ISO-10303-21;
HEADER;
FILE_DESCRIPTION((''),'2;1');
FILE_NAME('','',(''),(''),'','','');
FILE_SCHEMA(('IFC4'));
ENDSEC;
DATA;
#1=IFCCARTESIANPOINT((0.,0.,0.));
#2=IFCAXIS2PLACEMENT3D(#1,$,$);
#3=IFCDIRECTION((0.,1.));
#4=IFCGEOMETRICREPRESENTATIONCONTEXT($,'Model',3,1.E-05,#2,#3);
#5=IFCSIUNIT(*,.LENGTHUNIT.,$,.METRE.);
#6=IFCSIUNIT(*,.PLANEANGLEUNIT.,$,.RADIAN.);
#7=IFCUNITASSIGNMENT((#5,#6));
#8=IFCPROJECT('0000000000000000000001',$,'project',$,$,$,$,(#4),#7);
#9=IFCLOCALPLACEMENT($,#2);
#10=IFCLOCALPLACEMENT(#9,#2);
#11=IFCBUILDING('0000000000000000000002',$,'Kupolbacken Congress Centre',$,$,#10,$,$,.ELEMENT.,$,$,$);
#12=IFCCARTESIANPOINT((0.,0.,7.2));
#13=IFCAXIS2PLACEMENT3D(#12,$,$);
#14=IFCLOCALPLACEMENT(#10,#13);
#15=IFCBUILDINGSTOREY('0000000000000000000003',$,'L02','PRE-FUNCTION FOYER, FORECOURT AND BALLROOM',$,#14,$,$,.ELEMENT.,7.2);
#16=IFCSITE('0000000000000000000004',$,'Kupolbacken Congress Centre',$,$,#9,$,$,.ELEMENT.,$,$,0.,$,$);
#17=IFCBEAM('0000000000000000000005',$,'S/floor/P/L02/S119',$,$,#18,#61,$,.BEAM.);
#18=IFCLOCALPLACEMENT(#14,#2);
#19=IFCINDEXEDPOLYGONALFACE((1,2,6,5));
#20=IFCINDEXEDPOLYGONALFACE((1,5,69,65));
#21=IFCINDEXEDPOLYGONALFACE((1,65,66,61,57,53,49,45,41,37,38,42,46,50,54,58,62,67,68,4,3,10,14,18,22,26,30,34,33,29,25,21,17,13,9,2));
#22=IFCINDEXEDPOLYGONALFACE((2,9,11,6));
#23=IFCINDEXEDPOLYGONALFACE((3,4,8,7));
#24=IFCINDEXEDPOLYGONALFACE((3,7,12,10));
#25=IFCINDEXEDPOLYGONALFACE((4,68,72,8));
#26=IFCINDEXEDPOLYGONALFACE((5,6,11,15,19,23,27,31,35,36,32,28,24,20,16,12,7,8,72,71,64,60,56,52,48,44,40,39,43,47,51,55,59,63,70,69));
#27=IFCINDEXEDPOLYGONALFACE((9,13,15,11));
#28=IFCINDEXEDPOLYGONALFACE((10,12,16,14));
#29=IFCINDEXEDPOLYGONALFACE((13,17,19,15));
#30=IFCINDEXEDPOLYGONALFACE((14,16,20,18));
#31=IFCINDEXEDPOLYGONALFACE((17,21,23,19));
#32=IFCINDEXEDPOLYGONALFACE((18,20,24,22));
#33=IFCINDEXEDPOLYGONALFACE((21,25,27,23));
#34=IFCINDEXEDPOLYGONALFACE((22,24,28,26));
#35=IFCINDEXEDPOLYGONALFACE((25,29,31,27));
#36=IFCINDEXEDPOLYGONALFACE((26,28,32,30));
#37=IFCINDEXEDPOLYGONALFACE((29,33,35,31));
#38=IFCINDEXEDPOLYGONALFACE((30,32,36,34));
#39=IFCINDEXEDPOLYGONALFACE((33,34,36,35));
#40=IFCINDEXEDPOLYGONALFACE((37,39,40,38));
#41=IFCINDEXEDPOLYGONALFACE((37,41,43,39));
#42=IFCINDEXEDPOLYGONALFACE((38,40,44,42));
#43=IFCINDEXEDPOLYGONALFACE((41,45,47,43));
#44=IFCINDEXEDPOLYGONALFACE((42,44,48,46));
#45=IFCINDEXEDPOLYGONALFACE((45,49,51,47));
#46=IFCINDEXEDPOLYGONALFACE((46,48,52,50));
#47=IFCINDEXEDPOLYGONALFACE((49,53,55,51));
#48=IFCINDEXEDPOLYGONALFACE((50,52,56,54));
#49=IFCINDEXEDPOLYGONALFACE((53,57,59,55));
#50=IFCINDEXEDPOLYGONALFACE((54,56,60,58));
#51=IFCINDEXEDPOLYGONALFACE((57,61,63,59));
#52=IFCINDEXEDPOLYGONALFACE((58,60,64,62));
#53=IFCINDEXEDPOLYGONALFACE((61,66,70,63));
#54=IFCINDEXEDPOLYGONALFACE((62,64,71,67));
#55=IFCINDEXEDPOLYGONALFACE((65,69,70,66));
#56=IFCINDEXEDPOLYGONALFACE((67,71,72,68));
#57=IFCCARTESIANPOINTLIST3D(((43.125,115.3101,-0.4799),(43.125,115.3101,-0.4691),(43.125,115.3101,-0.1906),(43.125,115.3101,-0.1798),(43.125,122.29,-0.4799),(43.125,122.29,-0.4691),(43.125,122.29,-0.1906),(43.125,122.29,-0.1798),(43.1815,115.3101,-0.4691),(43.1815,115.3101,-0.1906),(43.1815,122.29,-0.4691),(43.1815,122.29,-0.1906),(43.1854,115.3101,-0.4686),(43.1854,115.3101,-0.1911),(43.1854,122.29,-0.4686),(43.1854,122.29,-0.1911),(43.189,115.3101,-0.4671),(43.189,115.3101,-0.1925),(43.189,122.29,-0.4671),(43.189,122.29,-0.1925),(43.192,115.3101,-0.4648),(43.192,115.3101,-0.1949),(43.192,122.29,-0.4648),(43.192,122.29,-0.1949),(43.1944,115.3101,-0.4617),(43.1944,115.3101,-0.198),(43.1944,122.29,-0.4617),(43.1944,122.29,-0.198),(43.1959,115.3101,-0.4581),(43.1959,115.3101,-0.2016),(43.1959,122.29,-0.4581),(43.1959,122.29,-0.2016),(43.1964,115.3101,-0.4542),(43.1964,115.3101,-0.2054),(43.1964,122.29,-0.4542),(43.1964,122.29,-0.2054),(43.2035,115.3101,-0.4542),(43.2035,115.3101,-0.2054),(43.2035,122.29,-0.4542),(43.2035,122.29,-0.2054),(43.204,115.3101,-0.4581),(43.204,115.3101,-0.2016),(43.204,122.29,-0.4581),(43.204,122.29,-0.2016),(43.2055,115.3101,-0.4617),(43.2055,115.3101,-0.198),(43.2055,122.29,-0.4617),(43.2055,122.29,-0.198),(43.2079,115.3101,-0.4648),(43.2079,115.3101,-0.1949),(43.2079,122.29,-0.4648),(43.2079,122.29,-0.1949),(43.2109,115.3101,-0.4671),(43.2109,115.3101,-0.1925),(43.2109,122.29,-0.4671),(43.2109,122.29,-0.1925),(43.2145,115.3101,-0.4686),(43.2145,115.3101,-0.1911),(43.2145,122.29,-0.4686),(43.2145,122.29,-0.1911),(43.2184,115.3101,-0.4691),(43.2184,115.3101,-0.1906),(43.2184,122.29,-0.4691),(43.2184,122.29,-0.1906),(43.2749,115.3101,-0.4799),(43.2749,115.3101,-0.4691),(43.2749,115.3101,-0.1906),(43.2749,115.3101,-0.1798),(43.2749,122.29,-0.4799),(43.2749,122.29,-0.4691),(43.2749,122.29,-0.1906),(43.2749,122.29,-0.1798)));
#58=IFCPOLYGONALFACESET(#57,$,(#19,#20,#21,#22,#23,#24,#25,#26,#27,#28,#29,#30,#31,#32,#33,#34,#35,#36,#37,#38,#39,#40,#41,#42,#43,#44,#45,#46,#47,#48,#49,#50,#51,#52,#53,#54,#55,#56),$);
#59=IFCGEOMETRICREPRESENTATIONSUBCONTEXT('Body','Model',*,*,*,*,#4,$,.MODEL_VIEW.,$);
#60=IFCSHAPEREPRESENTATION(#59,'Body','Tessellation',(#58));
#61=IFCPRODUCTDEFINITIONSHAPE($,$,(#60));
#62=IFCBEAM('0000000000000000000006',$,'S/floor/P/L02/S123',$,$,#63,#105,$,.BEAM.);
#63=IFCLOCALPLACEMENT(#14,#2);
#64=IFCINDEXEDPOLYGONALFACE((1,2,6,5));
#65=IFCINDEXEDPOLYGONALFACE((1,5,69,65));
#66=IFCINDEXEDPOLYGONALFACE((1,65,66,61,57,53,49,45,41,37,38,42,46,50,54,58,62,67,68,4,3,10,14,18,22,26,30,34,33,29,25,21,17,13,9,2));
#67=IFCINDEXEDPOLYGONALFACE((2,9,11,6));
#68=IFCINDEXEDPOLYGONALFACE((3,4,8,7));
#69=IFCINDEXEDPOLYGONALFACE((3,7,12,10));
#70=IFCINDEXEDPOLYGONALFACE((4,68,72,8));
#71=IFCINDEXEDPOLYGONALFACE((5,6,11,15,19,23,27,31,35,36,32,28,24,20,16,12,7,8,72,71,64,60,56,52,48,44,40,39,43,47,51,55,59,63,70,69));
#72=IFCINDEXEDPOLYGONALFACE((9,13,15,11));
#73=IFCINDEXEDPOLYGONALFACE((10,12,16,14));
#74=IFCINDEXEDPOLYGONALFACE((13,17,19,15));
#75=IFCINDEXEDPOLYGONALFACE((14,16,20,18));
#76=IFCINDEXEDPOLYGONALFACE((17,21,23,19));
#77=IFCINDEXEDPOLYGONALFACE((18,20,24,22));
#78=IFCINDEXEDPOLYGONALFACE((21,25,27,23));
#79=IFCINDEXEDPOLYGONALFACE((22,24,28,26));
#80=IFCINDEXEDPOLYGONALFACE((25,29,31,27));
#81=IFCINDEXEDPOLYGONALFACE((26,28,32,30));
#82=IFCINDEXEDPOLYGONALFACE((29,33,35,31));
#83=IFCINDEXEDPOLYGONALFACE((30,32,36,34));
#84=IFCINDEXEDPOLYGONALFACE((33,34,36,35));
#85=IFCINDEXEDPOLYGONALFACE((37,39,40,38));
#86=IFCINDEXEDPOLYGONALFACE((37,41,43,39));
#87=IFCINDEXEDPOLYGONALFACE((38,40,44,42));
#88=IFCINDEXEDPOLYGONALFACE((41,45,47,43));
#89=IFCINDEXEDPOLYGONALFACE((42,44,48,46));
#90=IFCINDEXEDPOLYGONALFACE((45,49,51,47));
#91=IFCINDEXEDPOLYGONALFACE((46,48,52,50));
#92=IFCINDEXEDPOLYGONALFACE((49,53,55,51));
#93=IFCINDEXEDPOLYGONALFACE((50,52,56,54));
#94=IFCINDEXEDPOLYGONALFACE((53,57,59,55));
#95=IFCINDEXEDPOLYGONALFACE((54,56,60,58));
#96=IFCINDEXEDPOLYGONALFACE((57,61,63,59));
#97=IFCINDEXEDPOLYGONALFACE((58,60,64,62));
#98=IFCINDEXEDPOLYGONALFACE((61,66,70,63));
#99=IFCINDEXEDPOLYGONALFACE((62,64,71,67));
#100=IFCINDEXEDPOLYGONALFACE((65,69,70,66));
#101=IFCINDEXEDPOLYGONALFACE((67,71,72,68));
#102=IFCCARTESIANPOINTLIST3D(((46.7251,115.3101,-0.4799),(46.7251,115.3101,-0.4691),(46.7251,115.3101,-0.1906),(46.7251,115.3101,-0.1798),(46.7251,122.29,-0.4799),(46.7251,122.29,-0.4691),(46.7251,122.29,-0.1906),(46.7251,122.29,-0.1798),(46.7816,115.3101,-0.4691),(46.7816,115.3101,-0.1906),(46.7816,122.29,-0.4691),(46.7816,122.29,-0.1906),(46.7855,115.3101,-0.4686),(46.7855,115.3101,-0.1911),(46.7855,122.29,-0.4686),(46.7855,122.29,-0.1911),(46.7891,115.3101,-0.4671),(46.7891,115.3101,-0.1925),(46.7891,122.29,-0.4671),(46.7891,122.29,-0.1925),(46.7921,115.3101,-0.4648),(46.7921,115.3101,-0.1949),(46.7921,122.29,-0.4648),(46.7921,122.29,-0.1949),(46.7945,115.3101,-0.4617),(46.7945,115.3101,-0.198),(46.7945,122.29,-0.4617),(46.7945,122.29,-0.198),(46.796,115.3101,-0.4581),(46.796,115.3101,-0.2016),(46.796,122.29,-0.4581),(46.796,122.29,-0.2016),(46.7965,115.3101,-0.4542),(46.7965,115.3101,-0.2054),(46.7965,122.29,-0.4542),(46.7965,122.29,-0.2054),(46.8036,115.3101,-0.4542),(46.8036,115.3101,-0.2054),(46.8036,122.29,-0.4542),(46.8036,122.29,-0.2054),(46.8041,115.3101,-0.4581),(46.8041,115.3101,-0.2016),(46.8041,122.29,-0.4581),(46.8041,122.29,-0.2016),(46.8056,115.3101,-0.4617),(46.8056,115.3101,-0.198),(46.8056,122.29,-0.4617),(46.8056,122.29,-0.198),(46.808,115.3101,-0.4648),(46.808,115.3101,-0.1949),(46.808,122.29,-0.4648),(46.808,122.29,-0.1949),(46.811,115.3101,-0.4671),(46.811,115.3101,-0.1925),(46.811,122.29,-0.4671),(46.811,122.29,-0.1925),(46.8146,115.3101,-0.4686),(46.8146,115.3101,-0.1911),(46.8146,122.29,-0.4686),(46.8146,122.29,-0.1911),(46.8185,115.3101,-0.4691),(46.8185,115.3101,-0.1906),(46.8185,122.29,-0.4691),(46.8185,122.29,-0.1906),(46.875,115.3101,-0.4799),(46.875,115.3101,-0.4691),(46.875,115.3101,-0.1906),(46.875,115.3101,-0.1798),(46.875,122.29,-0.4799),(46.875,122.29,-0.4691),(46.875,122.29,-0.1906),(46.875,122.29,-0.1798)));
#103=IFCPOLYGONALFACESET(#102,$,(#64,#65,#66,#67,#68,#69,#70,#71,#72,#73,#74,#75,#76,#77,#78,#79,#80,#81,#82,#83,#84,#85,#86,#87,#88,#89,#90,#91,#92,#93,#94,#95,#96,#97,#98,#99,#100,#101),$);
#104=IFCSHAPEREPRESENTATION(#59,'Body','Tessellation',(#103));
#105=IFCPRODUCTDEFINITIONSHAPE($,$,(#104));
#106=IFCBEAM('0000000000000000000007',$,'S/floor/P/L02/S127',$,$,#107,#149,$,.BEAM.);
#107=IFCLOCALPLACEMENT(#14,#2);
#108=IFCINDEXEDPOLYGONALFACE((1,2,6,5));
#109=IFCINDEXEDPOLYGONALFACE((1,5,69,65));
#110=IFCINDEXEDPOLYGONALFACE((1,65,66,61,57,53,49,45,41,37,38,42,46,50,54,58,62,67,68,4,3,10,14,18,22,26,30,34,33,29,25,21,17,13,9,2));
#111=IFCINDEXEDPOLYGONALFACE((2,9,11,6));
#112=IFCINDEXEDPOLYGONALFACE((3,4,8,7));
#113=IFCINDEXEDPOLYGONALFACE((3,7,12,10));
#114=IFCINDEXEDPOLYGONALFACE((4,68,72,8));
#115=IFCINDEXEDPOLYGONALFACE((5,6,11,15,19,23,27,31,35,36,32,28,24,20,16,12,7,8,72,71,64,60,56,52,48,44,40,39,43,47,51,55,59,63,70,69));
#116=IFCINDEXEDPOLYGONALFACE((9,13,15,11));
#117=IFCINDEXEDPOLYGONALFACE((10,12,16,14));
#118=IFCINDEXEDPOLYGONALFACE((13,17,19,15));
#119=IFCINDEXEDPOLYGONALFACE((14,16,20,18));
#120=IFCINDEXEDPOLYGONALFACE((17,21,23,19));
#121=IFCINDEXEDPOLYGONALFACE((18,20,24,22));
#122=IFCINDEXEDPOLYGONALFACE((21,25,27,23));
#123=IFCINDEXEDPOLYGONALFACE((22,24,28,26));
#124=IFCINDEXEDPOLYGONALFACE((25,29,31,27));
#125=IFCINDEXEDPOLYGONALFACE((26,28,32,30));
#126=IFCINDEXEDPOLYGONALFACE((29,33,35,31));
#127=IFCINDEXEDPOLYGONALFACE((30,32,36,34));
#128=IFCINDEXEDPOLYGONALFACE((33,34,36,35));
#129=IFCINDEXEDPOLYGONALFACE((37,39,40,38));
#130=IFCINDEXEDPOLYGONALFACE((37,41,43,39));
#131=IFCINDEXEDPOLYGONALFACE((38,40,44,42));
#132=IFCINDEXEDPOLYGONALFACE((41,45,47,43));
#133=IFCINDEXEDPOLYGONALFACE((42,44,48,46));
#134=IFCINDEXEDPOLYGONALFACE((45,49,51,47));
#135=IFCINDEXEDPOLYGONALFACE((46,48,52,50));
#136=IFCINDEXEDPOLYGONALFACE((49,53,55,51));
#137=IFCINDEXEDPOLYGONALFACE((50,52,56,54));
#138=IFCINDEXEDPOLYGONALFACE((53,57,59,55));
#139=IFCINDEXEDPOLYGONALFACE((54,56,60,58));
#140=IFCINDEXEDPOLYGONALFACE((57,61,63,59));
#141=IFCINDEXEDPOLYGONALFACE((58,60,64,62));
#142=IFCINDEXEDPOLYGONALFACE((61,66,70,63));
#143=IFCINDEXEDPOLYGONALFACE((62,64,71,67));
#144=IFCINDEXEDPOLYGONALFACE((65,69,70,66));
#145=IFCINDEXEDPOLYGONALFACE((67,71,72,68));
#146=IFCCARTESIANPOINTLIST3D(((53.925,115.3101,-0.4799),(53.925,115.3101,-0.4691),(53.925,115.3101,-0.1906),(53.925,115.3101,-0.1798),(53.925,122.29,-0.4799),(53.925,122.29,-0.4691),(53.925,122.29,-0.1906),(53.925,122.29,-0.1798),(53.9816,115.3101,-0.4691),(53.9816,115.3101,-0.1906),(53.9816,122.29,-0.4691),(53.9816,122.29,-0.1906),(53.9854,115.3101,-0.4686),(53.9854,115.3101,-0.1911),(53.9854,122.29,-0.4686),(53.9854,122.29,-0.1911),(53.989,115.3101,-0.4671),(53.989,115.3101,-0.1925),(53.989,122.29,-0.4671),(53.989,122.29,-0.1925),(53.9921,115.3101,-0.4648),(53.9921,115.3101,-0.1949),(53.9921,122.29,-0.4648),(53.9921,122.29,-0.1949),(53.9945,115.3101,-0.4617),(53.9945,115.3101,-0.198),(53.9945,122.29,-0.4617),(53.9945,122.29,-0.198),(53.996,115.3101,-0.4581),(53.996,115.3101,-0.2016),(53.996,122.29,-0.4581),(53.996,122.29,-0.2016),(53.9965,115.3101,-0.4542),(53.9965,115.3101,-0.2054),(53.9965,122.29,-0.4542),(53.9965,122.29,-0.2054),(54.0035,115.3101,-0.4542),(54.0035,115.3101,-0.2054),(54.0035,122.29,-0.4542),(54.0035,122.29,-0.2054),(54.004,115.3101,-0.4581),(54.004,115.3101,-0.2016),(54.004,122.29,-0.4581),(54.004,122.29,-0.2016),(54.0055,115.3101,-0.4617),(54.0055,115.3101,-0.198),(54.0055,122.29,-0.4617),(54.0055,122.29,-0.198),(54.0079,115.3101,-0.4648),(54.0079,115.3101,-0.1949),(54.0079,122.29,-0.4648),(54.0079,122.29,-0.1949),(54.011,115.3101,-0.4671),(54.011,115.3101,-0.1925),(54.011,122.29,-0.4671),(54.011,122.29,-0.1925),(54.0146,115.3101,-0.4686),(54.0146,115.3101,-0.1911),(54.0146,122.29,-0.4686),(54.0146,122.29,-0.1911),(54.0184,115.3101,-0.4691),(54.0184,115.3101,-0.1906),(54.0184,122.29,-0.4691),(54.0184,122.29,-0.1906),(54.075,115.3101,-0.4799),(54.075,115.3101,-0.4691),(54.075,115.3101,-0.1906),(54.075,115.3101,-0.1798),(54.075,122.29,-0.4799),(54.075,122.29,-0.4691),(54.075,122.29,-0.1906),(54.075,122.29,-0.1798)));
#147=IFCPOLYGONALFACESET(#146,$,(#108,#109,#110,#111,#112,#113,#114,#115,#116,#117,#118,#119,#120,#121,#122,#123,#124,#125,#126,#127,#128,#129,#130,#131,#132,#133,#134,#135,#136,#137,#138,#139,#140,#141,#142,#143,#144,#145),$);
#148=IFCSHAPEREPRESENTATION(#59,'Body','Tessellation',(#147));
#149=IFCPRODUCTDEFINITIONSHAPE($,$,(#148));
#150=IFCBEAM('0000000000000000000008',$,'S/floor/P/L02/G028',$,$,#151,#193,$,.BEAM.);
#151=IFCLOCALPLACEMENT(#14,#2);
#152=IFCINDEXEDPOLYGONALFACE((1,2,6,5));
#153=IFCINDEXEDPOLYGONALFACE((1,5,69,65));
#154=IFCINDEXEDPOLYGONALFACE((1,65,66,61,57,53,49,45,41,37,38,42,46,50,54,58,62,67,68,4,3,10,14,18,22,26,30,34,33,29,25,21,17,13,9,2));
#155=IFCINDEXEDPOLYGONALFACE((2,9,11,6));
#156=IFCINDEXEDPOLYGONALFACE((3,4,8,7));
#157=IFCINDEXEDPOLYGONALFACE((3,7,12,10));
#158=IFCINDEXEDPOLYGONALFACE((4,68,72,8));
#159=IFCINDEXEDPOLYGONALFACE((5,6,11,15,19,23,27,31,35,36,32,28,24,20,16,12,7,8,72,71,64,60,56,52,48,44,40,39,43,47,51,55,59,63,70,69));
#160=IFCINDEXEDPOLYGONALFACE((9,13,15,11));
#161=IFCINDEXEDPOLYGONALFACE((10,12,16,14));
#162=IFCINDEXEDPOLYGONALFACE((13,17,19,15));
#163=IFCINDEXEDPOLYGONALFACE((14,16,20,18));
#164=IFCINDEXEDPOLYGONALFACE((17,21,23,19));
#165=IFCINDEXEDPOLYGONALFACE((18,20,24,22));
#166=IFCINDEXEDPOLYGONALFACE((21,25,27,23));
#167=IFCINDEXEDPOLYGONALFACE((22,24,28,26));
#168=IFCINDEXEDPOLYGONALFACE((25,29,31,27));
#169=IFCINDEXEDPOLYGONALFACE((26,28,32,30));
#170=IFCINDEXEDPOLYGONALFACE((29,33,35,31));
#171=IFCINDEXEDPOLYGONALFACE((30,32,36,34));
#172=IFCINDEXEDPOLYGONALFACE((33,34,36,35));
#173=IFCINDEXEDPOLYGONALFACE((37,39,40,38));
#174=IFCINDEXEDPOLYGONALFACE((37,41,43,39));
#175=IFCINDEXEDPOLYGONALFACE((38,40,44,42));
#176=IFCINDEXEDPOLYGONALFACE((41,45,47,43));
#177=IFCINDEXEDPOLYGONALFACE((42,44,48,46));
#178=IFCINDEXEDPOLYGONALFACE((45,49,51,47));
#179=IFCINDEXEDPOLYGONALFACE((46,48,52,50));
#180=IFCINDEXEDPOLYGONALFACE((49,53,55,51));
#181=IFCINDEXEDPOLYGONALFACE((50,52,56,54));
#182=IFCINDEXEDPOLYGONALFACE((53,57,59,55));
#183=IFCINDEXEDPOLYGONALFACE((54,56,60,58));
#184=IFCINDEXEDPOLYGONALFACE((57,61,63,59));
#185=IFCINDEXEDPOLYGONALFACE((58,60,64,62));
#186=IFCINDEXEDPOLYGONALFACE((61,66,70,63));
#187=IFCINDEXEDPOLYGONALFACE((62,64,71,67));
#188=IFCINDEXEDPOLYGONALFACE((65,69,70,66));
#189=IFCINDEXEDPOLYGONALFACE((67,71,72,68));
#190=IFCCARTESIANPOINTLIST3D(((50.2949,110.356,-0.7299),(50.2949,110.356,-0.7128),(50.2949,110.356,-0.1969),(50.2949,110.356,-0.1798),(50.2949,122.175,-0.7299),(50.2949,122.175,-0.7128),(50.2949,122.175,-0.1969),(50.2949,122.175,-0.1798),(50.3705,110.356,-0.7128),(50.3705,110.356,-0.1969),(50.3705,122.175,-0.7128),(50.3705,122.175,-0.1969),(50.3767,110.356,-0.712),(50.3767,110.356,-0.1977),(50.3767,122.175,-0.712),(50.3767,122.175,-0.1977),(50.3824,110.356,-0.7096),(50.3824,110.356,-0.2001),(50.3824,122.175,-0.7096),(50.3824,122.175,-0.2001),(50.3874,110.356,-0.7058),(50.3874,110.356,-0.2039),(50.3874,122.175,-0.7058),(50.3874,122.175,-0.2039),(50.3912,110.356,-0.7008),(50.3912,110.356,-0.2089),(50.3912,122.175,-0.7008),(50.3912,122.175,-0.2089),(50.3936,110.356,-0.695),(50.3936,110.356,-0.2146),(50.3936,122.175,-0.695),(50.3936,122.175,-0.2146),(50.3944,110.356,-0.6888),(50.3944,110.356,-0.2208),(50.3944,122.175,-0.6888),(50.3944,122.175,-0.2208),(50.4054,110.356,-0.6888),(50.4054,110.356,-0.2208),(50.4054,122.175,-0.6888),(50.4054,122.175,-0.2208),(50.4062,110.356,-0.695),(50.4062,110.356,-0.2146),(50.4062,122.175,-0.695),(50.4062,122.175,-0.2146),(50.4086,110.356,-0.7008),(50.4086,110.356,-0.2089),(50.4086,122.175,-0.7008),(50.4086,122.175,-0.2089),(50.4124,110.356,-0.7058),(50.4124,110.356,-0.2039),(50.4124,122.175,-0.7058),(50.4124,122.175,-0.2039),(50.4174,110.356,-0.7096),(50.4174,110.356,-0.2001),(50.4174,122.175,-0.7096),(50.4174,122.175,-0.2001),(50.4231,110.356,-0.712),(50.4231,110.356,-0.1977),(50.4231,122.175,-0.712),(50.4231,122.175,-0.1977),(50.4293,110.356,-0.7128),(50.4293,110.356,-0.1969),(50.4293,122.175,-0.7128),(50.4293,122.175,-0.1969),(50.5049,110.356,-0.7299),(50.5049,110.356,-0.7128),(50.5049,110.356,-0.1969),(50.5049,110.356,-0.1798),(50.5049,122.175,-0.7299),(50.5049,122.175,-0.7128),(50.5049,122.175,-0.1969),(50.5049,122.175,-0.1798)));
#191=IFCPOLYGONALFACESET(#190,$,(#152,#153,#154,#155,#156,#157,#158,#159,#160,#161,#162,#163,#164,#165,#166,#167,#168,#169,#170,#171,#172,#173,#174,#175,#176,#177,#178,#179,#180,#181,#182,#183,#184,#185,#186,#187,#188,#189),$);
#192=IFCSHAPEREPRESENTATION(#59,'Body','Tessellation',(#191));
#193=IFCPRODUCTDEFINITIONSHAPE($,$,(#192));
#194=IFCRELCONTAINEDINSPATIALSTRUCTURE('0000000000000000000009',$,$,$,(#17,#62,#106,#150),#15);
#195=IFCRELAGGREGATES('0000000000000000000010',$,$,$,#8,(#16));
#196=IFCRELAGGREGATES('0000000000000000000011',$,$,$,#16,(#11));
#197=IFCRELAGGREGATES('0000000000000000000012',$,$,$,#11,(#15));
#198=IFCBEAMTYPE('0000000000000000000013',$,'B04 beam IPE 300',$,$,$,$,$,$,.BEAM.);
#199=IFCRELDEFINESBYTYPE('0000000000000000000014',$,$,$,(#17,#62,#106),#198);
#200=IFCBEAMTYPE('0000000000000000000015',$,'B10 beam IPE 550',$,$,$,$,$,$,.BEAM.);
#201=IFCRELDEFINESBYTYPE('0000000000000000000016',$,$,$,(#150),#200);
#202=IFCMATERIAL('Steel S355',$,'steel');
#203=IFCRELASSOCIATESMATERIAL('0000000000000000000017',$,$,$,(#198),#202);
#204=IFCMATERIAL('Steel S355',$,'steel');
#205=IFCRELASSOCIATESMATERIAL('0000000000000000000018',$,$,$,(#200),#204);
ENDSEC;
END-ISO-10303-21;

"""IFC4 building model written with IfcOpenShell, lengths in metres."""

from ifc_helpers import new_model, si_unit, direction, frame, origin, origin_2d, place, context, subcontext, project, spatial, i_section, extrude, material, material_profile, profile_set, type_object, element, save


model = new_model("IFC4")

# Units and contexts
model_context = context("Model", 3, precision=1e-05, world=origin(), true_north=direction((0.0, 1.0)))
body_context = subcontext(model_context, "Body", "Model", "MODEL_VIEW")
ifc_project = project(units=[si_unit("LENGTHUNIT", "METRE"), si_unit("PLANEANGLEUNIT", "RADIAN")], contexts=[model_context])

# Site, building, storey
site_placement = place(None, origin())
site = spatial("IfcSite", under=ifc_project, at=site_placement, Name="Kupolbacken Congress Centre", CompositionType="ELEMENT", RefElevation=0.0)
building_placement = place(site_placement, origin())
building = spatial("IfcBuilding", under=site, at=building_placement, Name="Kupolbacken Congress Centre", CompositionType="ELEMENT")
storey_placement = place(building_placement, frame((0.0, 0.0, 7.2)))
storey = spatial("IfcBuildingStorey", under=building, at=storey_placement, Name="L02", Description="PRE-FUNCTION FOYER, FORECOURT AND BALLROOM", CompositionType="ELEMENT", Elevation=7.2)

# Beams
ifc_material_1 = material(Name="Steel S355", Category="steel")
ifc_material_profile_1 = material_profile(ifc_material_1, i_section(OverallWidth=0.1499, OverallDepth=0.3, WebThickness=0.0071, FlangeThickness=0.0107, FilletRadius=0.0149, at=origin_2d()), Name="IPE 300")
ifc_profile_set_1 = profile_set([ifc_material_profile_1], Name="Steel S355")
beam_type_1 = type_object("IfcBeamType", Name="B04 beam IPE 300", PredefinedType="BEAM", material=ifc_profile_set_1)
for number, where, z_axis, x_axis, name in (
    (1, (43.2, 115.3101, -0.3298), (0.0, 1.0, 0.0), (-1.0, 0.0, 0.0), "S/floor/P/L02/S119"),
    (2, (46.8, 115.3101, -0.3298), (0.0, 1.0, 0.0), (-1.0, 0.0, 0.0), "S/floor/P/L02/S123"),
    (3, (54.0, 115.3101, -0.3298), (0.0, 1.0, 0.0), (-1.0, 0.0, 0.0), "S/floor/P/L02/S127"),
):
    element("IfcBeam", number, at=place(storey_placement, frame(where, z_axis=z_axis, x_axis=x_axis)), inside=storey, type_object=beam_type_1, Name=name, PredefinedType="BEAM", context=body_context, shape_type="SweptSolid", body=[
        extrude(i_section(OverallWidth=0.1499, OverallDepth=0.3, WebThickness=0.0071, FlangeThickness=0.0107, FilletRadius=0.0149, at=origin_2d()), origin(), (0.0, 0.0, 1.0), 6.98),
    ])
ifc_material_2 = material(Name="Steel S355", Category="steel")
ifc_material_profile_2 = material_profile(ifc_material_2, i_section(OverallWidth=0.21, OverallDepth=0.55, WebThickness=0.011, FlangeThickness=0.0171, FilletRadius=0.0239, at=origin_2d()), Name="IPE 550")
ifc_profile_set_2 = profile_set([ifc_material_profile_2], Name="Steel S355")
beam_type_2 = type_object("IfcBeamType", Name="B10 beam IPE 550", PredefinedType="BEAM", material=ifc_profile_set_2)
beam_1_placement = place(storey_placement, frame((50.3999, 110.356, -0.4548), z_axis=(0.0, 1.0, 0.0), x_axis=(-1.0, 0.0, 0.0)))
element("IfcBeam", 4, at=beam_1_placement, inside=storey, type_object=beam_type_2, Name="S/floor/P/L02/G028", PredefinedType="BEAM", context=body_context, shape_type="SweptSolid", body=[
    extrude(i_section(OverallWidth=0.21, OverallDepth=0.55, WebThickness=0.011, FlangeThickness=0.0171, FilletRadius=0.0239, at=origin_2d()), origin(), (0.0, 0.0, 1.0), 11.8191),
])

save(model, "model.ifc")
